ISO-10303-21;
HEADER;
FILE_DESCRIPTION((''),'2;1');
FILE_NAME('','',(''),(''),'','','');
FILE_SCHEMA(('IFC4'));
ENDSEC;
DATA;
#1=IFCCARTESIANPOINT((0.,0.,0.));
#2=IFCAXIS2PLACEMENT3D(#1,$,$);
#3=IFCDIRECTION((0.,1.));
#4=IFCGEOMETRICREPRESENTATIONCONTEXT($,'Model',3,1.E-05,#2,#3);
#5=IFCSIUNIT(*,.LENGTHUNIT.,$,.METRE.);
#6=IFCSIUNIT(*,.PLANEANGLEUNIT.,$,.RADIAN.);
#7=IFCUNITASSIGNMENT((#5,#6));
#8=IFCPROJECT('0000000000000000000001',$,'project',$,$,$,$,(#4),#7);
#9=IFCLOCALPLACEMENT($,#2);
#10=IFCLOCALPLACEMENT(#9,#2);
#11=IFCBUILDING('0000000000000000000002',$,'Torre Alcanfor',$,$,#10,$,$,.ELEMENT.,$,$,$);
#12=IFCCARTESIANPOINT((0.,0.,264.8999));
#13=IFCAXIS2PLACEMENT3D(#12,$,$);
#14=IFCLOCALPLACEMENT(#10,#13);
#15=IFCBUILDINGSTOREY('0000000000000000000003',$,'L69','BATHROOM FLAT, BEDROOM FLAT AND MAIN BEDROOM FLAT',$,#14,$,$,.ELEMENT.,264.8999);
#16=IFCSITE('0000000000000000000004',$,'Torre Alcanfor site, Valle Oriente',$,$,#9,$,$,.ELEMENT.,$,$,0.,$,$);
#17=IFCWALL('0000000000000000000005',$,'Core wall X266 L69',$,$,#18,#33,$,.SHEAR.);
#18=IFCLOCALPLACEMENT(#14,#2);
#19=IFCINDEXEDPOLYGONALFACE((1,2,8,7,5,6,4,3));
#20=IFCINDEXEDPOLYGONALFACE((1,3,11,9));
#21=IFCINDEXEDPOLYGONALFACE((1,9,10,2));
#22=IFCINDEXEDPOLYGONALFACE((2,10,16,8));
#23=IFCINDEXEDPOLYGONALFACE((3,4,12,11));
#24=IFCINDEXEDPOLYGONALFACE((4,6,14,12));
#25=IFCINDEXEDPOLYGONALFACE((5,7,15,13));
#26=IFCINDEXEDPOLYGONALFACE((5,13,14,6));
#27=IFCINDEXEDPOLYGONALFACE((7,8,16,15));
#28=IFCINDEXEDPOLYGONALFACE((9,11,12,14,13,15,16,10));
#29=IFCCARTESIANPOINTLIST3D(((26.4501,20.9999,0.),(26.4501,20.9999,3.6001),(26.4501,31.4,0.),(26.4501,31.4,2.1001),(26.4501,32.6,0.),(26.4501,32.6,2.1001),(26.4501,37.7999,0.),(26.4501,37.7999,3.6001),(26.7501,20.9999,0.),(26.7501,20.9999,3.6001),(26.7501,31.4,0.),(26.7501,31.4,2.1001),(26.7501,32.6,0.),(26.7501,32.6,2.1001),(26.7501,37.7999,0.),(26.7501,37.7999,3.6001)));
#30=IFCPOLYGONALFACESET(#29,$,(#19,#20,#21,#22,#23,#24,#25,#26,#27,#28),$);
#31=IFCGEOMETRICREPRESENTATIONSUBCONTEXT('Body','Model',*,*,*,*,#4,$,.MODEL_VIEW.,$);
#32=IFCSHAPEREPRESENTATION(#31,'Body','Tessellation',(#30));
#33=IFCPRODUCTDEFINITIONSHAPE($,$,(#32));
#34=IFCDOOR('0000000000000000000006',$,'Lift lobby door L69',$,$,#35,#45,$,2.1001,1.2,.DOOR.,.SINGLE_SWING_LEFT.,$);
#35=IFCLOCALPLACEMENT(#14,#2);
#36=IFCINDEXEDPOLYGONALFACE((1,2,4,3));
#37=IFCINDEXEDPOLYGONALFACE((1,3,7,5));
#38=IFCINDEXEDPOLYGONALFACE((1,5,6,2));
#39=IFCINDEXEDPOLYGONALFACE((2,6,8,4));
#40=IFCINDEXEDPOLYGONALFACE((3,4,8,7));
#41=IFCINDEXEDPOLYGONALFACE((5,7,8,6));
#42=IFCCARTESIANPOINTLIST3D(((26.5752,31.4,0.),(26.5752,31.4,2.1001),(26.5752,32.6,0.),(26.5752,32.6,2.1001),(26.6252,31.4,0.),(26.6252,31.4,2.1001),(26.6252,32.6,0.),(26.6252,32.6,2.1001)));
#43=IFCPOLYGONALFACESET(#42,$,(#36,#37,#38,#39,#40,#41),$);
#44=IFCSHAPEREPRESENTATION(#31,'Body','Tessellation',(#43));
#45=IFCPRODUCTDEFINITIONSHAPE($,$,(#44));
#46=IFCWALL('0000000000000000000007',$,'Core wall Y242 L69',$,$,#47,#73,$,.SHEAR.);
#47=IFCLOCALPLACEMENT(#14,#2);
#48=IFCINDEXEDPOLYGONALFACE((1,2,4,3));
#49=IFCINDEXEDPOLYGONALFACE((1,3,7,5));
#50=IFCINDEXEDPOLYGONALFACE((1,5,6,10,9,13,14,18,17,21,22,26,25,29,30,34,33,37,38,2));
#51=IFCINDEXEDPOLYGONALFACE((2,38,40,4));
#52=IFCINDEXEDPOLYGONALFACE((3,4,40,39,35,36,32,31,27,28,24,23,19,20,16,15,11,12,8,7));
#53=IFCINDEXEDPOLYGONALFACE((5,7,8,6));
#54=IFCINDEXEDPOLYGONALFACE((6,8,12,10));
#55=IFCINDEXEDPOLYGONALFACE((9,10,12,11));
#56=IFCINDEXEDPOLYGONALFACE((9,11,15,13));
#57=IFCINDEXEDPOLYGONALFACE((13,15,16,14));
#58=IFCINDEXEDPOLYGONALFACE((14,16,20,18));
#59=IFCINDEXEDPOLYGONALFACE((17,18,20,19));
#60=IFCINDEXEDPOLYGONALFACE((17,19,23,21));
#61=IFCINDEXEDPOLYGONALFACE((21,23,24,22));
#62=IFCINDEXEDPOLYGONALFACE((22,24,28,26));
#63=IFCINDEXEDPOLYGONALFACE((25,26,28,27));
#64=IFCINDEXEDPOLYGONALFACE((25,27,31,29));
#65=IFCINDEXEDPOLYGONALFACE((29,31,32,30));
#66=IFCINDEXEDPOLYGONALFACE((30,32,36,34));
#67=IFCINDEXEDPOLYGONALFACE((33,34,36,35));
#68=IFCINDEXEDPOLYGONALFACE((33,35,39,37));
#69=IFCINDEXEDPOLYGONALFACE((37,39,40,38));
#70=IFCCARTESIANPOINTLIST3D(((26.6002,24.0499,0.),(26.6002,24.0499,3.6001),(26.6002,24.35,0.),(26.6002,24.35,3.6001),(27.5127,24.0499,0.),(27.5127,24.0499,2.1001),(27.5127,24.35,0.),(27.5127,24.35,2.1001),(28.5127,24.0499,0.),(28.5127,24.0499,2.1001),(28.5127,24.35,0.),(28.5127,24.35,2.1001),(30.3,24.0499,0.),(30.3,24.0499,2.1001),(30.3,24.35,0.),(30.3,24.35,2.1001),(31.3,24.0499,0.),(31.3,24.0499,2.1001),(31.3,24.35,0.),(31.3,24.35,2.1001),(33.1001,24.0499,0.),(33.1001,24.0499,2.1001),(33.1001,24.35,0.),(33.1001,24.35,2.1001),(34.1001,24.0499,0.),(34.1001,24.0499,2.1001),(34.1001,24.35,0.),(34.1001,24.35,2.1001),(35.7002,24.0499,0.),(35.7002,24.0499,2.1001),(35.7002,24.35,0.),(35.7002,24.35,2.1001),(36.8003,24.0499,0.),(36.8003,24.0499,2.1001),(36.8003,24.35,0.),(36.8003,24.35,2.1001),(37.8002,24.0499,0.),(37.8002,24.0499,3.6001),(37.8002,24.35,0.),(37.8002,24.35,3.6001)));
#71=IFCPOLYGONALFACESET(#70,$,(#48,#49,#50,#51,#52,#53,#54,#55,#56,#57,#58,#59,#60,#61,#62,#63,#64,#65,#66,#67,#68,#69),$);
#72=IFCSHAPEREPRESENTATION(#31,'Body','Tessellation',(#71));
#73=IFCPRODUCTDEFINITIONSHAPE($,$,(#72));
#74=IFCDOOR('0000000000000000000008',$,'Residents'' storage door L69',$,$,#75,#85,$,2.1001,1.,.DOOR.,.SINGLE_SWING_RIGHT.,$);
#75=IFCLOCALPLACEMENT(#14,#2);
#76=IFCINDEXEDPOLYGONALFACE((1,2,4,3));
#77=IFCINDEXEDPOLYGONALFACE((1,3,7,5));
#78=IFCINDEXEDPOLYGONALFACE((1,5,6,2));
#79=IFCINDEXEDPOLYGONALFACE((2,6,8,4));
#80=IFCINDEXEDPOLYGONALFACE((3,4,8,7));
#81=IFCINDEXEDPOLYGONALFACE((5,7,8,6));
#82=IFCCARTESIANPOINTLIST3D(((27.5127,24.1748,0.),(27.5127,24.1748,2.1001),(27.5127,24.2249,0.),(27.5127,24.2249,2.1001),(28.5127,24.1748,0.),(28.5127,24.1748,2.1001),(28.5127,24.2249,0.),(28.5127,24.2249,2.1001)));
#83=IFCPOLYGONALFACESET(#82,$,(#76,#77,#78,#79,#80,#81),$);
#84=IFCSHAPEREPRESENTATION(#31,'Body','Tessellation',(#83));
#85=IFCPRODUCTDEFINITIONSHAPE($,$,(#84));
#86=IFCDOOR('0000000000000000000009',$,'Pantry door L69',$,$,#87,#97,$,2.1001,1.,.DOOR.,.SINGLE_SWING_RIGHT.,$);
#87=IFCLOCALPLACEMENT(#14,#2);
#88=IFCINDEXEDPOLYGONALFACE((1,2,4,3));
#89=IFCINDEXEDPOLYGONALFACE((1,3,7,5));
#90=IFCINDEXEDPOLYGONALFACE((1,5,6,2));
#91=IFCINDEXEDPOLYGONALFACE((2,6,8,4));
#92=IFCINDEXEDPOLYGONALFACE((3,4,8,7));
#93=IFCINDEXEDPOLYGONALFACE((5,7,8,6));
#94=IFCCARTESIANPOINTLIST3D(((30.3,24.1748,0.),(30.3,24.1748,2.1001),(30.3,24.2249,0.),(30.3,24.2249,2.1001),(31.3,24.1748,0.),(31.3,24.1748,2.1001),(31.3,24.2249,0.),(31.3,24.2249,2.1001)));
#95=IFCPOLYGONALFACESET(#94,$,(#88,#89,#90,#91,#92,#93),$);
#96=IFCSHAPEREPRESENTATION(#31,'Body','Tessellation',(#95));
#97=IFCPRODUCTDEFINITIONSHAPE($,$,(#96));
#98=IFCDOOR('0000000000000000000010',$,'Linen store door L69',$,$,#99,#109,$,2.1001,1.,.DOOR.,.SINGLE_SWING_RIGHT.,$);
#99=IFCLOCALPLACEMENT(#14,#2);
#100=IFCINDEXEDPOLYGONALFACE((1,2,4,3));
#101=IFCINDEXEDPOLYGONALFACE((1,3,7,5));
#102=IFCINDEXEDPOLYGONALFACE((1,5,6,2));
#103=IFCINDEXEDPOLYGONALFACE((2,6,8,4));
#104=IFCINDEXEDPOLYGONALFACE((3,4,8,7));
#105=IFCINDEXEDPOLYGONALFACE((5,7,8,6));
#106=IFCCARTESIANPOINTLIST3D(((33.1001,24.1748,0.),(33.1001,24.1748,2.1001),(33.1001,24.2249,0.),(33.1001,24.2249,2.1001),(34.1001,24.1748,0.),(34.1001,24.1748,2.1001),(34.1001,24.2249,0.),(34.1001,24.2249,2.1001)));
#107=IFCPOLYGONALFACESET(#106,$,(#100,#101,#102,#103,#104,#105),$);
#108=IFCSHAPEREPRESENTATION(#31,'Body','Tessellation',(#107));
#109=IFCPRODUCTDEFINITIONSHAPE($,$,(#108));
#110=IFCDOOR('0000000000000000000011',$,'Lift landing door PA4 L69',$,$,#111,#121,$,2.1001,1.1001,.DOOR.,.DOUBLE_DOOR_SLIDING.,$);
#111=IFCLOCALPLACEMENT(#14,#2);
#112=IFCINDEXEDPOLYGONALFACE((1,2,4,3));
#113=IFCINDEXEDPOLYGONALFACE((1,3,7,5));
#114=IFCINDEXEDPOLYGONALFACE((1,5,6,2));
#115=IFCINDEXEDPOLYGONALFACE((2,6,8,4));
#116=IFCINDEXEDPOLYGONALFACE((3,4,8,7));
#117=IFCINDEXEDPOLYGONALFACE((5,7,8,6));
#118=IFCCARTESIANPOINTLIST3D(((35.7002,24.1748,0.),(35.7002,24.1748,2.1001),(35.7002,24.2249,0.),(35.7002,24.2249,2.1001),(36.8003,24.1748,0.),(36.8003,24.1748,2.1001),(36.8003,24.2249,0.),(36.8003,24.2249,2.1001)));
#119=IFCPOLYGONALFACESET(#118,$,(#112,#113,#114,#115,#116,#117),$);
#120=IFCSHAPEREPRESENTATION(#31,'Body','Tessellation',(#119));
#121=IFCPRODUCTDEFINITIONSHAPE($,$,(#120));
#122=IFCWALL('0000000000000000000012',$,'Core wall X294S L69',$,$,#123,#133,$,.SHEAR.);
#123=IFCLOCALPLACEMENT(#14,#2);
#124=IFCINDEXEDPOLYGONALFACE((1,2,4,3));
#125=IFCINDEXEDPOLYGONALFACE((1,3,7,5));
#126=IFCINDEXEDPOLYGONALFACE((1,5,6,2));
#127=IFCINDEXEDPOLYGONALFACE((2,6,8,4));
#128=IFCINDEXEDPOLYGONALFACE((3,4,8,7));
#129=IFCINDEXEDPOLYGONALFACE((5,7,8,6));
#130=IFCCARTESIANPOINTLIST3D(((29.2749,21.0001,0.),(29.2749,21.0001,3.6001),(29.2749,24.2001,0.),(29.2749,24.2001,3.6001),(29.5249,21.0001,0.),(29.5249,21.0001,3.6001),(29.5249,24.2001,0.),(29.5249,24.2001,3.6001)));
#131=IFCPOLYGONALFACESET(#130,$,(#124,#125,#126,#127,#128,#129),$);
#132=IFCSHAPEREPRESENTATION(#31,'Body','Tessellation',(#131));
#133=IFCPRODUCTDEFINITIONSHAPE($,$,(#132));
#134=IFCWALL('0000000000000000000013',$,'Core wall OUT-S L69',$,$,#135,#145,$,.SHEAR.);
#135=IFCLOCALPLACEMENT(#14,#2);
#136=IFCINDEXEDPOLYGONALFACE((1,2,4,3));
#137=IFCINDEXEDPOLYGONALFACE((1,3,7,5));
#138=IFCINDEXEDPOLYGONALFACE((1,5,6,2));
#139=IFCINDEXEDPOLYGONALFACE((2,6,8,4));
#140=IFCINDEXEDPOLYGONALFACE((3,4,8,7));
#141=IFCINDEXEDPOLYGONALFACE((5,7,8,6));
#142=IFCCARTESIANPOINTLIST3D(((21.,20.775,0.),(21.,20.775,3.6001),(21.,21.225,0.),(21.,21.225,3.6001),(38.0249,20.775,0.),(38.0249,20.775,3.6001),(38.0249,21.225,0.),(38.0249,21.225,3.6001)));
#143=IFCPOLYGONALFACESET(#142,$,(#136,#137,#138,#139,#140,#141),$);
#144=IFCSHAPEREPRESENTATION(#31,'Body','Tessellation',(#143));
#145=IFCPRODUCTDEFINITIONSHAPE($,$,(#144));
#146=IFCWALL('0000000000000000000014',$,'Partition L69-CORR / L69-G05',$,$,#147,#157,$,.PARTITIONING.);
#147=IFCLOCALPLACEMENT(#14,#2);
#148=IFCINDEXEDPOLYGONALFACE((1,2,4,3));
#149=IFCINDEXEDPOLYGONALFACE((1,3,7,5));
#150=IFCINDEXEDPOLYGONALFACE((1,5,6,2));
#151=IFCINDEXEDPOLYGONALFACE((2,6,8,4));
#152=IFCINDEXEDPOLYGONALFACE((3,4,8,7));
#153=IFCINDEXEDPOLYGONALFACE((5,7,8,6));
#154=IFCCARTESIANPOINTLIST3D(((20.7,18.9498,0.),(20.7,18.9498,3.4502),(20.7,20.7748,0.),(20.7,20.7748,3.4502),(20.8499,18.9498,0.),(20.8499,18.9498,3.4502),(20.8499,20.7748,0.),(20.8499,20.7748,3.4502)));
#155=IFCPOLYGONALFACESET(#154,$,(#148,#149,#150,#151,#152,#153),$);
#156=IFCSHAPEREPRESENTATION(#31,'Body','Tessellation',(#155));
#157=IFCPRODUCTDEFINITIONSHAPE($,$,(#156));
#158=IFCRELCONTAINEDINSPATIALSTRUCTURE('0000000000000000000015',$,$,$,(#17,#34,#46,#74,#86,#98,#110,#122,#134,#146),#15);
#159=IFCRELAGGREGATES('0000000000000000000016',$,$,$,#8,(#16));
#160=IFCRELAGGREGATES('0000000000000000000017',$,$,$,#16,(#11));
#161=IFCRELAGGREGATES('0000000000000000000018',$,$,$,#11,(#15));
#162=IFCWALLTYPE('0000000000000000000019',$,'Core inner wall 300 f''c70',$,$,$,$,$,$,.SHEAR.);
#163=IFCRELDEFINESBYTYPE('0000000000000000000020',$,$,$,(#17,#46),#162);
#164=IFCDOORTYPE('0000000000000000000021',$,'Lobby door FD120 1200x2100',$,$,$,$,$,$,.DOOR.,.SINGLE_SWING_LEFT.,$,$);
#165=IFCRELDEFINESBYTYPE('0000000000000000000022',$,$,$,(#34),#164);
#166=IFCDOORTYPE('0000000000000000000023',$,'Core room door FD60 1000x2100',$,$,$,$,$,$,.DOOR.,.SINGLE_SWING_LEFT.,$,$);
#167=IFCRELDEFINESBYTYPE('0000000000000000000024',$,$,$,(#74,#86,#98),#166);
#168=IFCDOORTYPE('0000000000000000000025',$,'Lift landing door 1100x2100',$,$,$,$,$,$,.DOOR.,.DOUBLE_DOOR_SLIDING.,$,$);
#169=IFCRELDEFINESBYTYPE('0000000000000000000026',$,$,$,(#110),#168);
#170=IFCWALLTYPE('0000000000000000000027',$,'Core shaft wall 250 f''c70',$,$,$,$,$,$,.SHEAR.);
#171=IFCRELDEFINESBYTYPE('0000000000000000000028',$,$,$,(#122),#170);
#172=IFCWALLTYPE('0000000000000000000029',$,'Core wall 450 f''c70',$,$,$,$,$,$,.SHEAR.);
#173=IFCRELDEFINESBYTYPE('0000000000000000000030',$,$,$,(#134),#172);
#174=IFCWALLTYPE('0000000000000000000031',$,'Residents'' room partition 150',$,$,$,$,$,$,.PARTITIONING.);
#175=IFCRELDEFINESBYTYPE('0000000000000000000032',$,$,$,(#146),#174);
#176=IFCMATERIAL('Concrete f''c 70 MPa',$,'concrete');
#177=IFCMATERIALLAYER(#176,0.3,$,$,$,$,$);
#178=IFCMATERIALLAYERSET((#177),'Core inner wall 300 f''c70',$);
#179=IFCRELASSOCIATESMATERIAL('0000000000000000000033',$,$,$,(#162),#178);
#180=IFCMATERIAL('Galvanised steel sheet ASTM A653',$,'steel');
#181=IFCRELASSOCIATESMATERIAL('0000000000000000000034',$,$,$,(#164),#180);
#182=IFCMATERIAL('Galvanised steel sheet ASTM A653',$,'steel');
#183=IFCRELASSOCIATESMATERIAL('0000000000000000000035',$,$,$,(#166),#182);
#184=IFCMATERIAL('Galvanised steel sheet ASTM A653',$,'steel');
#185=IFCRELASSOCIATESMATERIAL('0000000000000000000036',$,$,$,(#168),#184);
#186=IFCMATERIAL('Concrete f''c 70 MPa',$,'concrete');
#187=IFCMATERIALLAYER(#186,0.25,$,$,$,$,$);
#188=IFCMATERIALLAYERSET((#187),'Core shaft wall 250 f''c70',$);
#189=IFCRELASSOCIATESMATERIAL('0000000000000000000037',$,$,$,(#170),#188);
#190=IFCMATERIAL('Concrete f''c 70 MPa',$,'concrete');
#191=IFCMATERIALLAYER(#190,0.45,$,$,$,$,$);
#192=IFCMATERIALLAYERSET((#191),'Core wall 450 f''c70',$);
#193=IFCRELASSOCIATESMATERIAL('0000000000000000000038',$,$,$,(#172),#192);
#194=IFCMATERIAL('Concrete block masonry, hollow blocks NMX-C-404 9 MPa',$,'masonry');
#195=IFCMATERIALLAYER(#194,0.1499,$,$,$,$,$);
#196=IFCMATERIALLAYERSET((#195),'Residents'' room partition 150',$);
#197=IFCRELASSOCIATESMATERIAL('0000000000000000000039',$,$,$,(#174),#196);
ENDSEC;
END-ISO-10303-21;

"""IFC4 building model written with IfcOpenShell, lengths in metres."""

from ifc_helpers import new_model, si_unit, direction, frame, frame_2d, origin, place, context, subcontext, project, spatial, rectangle, extrude, material, layer, layer_set, type_object, element, fill, save


model = new_model("IFC4")

# Units and contexts
model_context = context("Model", 3, precision=1e-05, world=origin(), true_north=direction((0.0, 1.0)))
body_context = subcontext(model_context, "Body", "Model", "MODEL_VIEW")
ifc_project = project(units=[si_unit("LENGTHUNIT", "METRE"), si_unit("PLANEANGLEUNIT", "RADIAN")], contexts=[model_context])

# Site, building, storey
site_placement = place(None, origin())
site = spatial("IfcSite", under=ifc_project, at=site_placement, Name="Torre Alcanfor site, Valle Oriente", CompositionType="ELEMENT", RefElevation=0.0)
building_placement = place(site_placement, origin())
building = spatial("IfcBuilding", under=site, at=building_placement, Name="Torre Alcanfor", CompositionType="ELEMENT")
storey_placement = place(building_placement, frame((0.0, 0.0, 264.8999)))
storey = spatial("IfcBuildingStorey", under=building, at=storey_placement, Name="L69", Description="BATHROOM FLAT, BEDROOM FLAT AND MAIN BEDROOM FLAT", CompositionType="ELEMENT", Elevation=264.8999)

# Wall, opening, door
ifc_material_1 = material(Name="Concrete f'c 70 MPa", Category="concrete")
ifc_layer_1 = layer(ifc_material_1, 0.3)
ifc_layer_set_1 = layer_set([ifc_layer_1], Name="Core inner wall 300 f'c70")
wall_type_1 = type_object("IfcWallType", Name="Core inner wall 300 f'c70", PredefinedType="SHEAR", material=ifc_layer_set_1)
wall_1_placement = place(storey_placement, frame((26.6001, 21.0, 0.0), z_axis=(0.0, 0.0, 1.0), x_axis=(0.0, 1.0, 0.0)))
wall_1 = element("IfcWall", 1, at=wall_1_placement, inside=storey, type_object=wall_type_1, Name="Core wall X266 L69", PredefinedType="SHEAR", context=body_context, shape_type="SweptSolid", body=[
    extrude(rectangle(XDim=16.8, YDim=0.3, at=frame_2d((8.3999, 0.0))), origin(), (0.0, 0.0, 1.0), 3.6001),
])
opening_1_placement = place(wall_1_placement, frame((10.3999, 0.0, 0.0)))
opening_1 = element("IfcOpeningElement", 2, at=opening_1_placement, cuts=wall_1, PredefinedType="OPENING", context=body_context, shape_type="SweptSolid", body=[
    extrude(rectangle(XDim=1.2, YDim=2.1001, at=frame_2d((0.6001, 1.05))), frame((0.0, 0.1599, 0.0), z_axis=(0.0, -1.0, 0.0), x_axis=(1.0, 0.0, 0.0)), (0.0, 0.0, 1.0), 0.3201),
])
ifc_material_2 = material(Name="Galvanised steel sheet ASTM A653", Category="steel")
door_type_1 = type_object("IfcDoorType", Name="Lobby door FD120 1200x2100", OperationType="SINGLE_SWING_LEFT", PredefinedType="DOOR", material=ifc_material_2)
door_1_placement = place(opening_1_placement, origin())
door_1 = element("IfcDoor", 3, at=door_1_placement, inside=storey, type_object=door_type_1, Name="Lift lobby door L69", OperationType="SINGLE_SWING_LEFT", OverallHeight=2.1001, OverallWidth=1.2, PredefinedType="DOOR", context=body_context, shape_type="SweptSolid", body=[
    extrude(rectangle(XDim=1.2, YDim=2.1001, at=frame_2d((0.6001, 1.05))), frame((0.0, 0.0249, 0.0), z_axis=(0.0, -1.0, 0.0), x_axis=(1.0, 0.0, 0.0)), (0.0, 0.0, 1.0), 0.05),
])
fill(opening_1, door_1)

# Wall, openings, doors
wall_2_placement = place(storey_placement, frame((26.6001, 24.2, 0.0), z_axis=(0.0, 0.0, 1.0), x_axis=(1.0, 0.0, 0.0)))
wall_2 = element("IfcWall", 4, at=wall_2_placement, inside=storey, type_object=wall_type_1, Name="Core wall Y242 L69", PredefinedType="SHEAR", context=body_context, shape_type="SweptSolid", body=[
    extrude(rectangle(XDim=11.2, YDim=0.3, at=frame_2d((5.6001, 0.0))), origin(), (0.0, 0.0, 1.0), 3.6001),
])
opening_2_placement = place(wall_2_placement, frame((0.9126, 0.0, 0.0)))
opening_2 = element("IfcOpeningElement", 5, at=opening_2_placement, cuts=wall_2, PredefinedType="OPENING", context=body_context, shape_type="SweptSolid", body=[
    extrude(rectangle(XDim=1.0, YDim=2.1001, at=frame_2d((0.5, 1.05))), frame((0.0, 0.1599, 0.0), z_axis=(0.0, -1.0, 0.0), x_axis=(1.0, 0.0, 0.0)), (0.0, 0.0, 1.0), 0.3201),
])
opening_3_placement = place(wall_2_placement, frame((3.7, 0.0, 0.0)))
opening_3 = element("IfcOpeningElement", 6, at=opening_3_placement, cuts=wall_2, PredefinedType="OPENING", context=body_context, shape_type="SweptSolid", body=[
    extrude(rectangle(XDim=1.0, YDim=2.1001, at=frame_2d((0.5, 1.05))), frame((0.0, 0.1599, 0.0), z_axis=(0.0, -1.0, 0.0), x_axis=(1.0, 0.0, 0.0)), (0.0, 0.0, 1.0), 0.3201),
])
opening_4_placement = place(wall_2_placement, frame((6.5, 0.0, 0.0)))
opening_4 = element("IfcOpeningElement", 7, at=opening_4_placement, cuts=wall_2, PredefinedType="OPENING", context=body_context, shape_type="SweptSolid", body=[
    extrude(rectangle(XDim=1.0, YDim=2.1001, at=frame_2d((0.5, 1.05))), frame((0.0, 0.1599, 0.0), z_axis=(0.0, -1.0, 0.0), x_axis=(1.0, 0.0, 0.0)), (0.0, 0.0, 1.0), 0.3201),
])
opening_5_placement = place(wall_2_placement, frame((9.1001, 0.0, 0.0)))
opening_5 = element("IfcOpeningElement", 8, at=opening_5_placement, cuts=wall_2, PredefinedType="OPENING", context=body_context, shape_type="SweptSolid", body=[
    extrude(rectangle(XDim=1.1001, YDim=2.1001, at=frame_2d((0.55, 1.05))), frame((0.0, 0.1599, 0.0), z_axis=(0.0, -1.0, 0.0), x_axis=(1.0, 0.0, 0.0)), (0.0, 0.0, 1.0), 0.3201),
])
ifc_material_3 = material(Name="Galvanised steel sheet ASTM A653", Category="steel")
door_type_2 = type_object("IfcDoorType", Name="Core room door FD60 1000x2100", OperationType="SINGLE_SWING_LEFT", PredefinedType="DOOR", material=ifc_material_3)
door_2_placement = place(opening_2_placement, frame((1.0, 0.0, 0.0), z_axis=(0.0, 0.0, 1.0), x_axis=(-1.0, 0.0, 0.0)))
door_2 = element("IfcDoor", 9, at=door_2_placement, inside=storey, type_object=door_type_2, Name="Residents' storage door L69", OperationType="SINGLE_SWING_RIGHT", OverallHeight=2.1001, OverallWidth=1.0, PredefinedType="DOOR", context=body_context, shape_type="SweptSolid", body=[
    extrude(rectangle(XDim=1.0, YDim=2.1001, at=frame_2d((0.5, 1.05))), frame((0.0, 0.0251, 0.0), z_axis=(0.0, -1.0, 0.0), x_axis=(1.0, 0.0, 0.0)), (0.0, 0.0, 1.0), 0.05),
])
fill(opening_2, door_2)
door_3_placement = place(opening_3_placement, frame((1.0, 0.0, 0.0), z_axis=(0.0, 0.0, 1.0), x_axis=(-1.0, 0.0, 0.0)))
door_3 = element("IfcDoor", 10, at=door_3_placement, inside=storey, type_object=door_type_2, Name="Pantry door L69", OperationType="SINGLE_SWING_RIGHT", OverallHeight=2.1001, OverallWidth=1.0, PredefinedType="DOOR", context=body_context, shape_type="SweptSolid", body=[
    extrude(rectangle(XDim=1.0, YDim=2.1001, at=frame_2d((0.5, 1.05))), frame((0.0, 0.0251, 0.0), z_axis=(0.0, -1.0, 0.0), x_axis=(1.0, 0.0, 0.0)), (0.0, 0.0, 1.0), 0.05),
])
fill(opening_3, door_3)
door_4_placement = place(opening_4_placement, frame((1.0, 0.0, 0.0), z_axis=(0.0, 0.0, 1.0), x_axis=(-1.0, 0.0, 0.0)))
door_4 = element("IfcDoor", 11, at=door_4_placement, inside=storey, type_object=door_type_2, Name="Linen store door L69", OperationType="SINGLE_SWING_RIGHT", OverallHeight=2.1001, OverallWidth=1.0, PredefinedType="DOOR", context=body_context, shape_type="SweptSolid", body=[
    extrude(rectangle(XDim=1.0, YDim=2.1001, at=frame_2d((0.5, 1.05))), frame((0.0, 0.0251, 0.0), z_axis=(0.0, -1.0, 0.0), x_axis=(1.0, 0.0, 0.0)), (0.0, 0.0, 1.0), 0.05),
])
fill(opening_4, door_4)
ifc_material_4 = material(Name="Galvanised steel sheet ASTM A653", Category="steel")
door_type_3 = type_object("IfcDoorType", Name="Lift landing door 1100x2100", OperationType="DOUBLE_DOOR_SLIDING", PredefinedType="DOOR", material=ifc_material_4)
door_5_placement = place(opening_5_placement, origin())
door_5 = element("IfcDoor", 12, at=door_5_placement, inside=storey, type_object=door_type_3, Name="Lift landing door PA4 L69", OperationType="DOUBLE_DOOR_SLIDING", OverallHeight=2.1001, OverallWidth=1.1001, PredefinedType="DOOR", context=body_context, shape_type="SweptSolid", body=[
    extrude(rectangle(XDim=1.1001, YDim=2.1001, at=frame_2d((0.55, 1.05))), frame((0.0, 0.0249, 0.0), z_axis=(0.0, -1.0, 0.0), x_axis=(1.0, 0.0, 0.0)), (0.0, 0.0, 1.0), 0.05),
])
fill(opening_5, door_5)

# Walls
ifc_material_5 = material(Name="Concrete f'c 70 MPa", Category="concrete")
ifc_layer_2 = layer(ifc_material_5, 0.25)
ifc_layer_set_2 = layer_set([ifc_layer_2], Name="Core shaft wall 250 f'c70")
wall_type_2 = type_object("IfcWallType", Name="Core shaft wall 250 f'c70", PredefinedType="SHEAR", material=ifc_layer_set_2)
wall_3_placement = place(storey_placement, frame((29.3999, 21.0, 0.0), z_axis=(0.0, 0.0, 1.0), x_axis=(0.0, 1.0, 0.0)))
element("IfcWall", 13, at=wall_3_placement, inside=storey, type_object=wall_type_2, Name="Core wall X294S L69", PredefinedType="SHEAR", context=body_context, shape_type="SweptSolid", body=[
    extrude(rectangle(XDim=3.2, YDim=0.25, at=frame_2d((1.6001, 0.0))), origin(), (0.0, 0.0, 1.0), 3.6001),
])
ifc_material_6 = material(Name="Concrete f'c 70 MPa", Category="concrete")
ifc_layer_3 = layer(ifc_material_6, 0.45)
ifc_layer_set_3 = layer_set([ifc_layer_3], Name="Core wall 450 f'c70")
wall_type_3 = type_object("IfcWallType", Name="Core wall 450 f'c70", PredefinedType="SHEAR", material=ifc_layer_set_3)
wall_4_placement = place(storey_placement, frame((21.0, 21.0, 0.0), z_axis=(0.0, 0.0, 1.0), x_axis=(1.0, 0.0, 0.0)))
element("IfcWall", 14, at=wall_4_placement, inside=storey, type_object=wall_type_3, Name="Core wall OUT-S L69", PredefinedType="SHEAR", context=body_context, shape_type="SweptSolid", body=[
    extrude(rectangle(XDim=17.0249, YDim=0.45, at=frame_2d((8.5125, 0.0))), origin(), (0.0, 0.0, 1.0), 3.6001),
])
ifc_material_7 = material(Name="Concrete block masonry, hollow blocks NMX-C-404 9 MPa", Category="masonry")
ifc_layer_4 = layer(ifc_material_7, 0.1499)
ifc_layer_set_4 = layer_set([ifc_layer_4], Name="Residents' room partition 150")
wall_type_4 = type_object("IfcWallType", Name="Residents' room partition 150", PredefinedType="PARTITIONING", material=ifc_layer_set_4)
wall_5_placement = place(storey_placement, frame((20.7749, 20.7749, 0.0), z_axis=(0.0, 0.0, 1.0), x_axis=(0.0, -1.0, 0.0)))
element("IfcWall", 15, at=wall_5_placement, inside=storey, type_object=wall_type_4, Name="Partition L69-CORR / L69-G05", PredefinedType="PARTITIONING", context=body_context, shape_type="SweptSolid", body=[
    extrude(rectangle(XDim=1.825, YDim=0.1499, at=frame_2d((0.9126, 0.0))), origin(), (0.0, 0.0, 1.0), 3.4502),
])

save(model, "model.ifc")
